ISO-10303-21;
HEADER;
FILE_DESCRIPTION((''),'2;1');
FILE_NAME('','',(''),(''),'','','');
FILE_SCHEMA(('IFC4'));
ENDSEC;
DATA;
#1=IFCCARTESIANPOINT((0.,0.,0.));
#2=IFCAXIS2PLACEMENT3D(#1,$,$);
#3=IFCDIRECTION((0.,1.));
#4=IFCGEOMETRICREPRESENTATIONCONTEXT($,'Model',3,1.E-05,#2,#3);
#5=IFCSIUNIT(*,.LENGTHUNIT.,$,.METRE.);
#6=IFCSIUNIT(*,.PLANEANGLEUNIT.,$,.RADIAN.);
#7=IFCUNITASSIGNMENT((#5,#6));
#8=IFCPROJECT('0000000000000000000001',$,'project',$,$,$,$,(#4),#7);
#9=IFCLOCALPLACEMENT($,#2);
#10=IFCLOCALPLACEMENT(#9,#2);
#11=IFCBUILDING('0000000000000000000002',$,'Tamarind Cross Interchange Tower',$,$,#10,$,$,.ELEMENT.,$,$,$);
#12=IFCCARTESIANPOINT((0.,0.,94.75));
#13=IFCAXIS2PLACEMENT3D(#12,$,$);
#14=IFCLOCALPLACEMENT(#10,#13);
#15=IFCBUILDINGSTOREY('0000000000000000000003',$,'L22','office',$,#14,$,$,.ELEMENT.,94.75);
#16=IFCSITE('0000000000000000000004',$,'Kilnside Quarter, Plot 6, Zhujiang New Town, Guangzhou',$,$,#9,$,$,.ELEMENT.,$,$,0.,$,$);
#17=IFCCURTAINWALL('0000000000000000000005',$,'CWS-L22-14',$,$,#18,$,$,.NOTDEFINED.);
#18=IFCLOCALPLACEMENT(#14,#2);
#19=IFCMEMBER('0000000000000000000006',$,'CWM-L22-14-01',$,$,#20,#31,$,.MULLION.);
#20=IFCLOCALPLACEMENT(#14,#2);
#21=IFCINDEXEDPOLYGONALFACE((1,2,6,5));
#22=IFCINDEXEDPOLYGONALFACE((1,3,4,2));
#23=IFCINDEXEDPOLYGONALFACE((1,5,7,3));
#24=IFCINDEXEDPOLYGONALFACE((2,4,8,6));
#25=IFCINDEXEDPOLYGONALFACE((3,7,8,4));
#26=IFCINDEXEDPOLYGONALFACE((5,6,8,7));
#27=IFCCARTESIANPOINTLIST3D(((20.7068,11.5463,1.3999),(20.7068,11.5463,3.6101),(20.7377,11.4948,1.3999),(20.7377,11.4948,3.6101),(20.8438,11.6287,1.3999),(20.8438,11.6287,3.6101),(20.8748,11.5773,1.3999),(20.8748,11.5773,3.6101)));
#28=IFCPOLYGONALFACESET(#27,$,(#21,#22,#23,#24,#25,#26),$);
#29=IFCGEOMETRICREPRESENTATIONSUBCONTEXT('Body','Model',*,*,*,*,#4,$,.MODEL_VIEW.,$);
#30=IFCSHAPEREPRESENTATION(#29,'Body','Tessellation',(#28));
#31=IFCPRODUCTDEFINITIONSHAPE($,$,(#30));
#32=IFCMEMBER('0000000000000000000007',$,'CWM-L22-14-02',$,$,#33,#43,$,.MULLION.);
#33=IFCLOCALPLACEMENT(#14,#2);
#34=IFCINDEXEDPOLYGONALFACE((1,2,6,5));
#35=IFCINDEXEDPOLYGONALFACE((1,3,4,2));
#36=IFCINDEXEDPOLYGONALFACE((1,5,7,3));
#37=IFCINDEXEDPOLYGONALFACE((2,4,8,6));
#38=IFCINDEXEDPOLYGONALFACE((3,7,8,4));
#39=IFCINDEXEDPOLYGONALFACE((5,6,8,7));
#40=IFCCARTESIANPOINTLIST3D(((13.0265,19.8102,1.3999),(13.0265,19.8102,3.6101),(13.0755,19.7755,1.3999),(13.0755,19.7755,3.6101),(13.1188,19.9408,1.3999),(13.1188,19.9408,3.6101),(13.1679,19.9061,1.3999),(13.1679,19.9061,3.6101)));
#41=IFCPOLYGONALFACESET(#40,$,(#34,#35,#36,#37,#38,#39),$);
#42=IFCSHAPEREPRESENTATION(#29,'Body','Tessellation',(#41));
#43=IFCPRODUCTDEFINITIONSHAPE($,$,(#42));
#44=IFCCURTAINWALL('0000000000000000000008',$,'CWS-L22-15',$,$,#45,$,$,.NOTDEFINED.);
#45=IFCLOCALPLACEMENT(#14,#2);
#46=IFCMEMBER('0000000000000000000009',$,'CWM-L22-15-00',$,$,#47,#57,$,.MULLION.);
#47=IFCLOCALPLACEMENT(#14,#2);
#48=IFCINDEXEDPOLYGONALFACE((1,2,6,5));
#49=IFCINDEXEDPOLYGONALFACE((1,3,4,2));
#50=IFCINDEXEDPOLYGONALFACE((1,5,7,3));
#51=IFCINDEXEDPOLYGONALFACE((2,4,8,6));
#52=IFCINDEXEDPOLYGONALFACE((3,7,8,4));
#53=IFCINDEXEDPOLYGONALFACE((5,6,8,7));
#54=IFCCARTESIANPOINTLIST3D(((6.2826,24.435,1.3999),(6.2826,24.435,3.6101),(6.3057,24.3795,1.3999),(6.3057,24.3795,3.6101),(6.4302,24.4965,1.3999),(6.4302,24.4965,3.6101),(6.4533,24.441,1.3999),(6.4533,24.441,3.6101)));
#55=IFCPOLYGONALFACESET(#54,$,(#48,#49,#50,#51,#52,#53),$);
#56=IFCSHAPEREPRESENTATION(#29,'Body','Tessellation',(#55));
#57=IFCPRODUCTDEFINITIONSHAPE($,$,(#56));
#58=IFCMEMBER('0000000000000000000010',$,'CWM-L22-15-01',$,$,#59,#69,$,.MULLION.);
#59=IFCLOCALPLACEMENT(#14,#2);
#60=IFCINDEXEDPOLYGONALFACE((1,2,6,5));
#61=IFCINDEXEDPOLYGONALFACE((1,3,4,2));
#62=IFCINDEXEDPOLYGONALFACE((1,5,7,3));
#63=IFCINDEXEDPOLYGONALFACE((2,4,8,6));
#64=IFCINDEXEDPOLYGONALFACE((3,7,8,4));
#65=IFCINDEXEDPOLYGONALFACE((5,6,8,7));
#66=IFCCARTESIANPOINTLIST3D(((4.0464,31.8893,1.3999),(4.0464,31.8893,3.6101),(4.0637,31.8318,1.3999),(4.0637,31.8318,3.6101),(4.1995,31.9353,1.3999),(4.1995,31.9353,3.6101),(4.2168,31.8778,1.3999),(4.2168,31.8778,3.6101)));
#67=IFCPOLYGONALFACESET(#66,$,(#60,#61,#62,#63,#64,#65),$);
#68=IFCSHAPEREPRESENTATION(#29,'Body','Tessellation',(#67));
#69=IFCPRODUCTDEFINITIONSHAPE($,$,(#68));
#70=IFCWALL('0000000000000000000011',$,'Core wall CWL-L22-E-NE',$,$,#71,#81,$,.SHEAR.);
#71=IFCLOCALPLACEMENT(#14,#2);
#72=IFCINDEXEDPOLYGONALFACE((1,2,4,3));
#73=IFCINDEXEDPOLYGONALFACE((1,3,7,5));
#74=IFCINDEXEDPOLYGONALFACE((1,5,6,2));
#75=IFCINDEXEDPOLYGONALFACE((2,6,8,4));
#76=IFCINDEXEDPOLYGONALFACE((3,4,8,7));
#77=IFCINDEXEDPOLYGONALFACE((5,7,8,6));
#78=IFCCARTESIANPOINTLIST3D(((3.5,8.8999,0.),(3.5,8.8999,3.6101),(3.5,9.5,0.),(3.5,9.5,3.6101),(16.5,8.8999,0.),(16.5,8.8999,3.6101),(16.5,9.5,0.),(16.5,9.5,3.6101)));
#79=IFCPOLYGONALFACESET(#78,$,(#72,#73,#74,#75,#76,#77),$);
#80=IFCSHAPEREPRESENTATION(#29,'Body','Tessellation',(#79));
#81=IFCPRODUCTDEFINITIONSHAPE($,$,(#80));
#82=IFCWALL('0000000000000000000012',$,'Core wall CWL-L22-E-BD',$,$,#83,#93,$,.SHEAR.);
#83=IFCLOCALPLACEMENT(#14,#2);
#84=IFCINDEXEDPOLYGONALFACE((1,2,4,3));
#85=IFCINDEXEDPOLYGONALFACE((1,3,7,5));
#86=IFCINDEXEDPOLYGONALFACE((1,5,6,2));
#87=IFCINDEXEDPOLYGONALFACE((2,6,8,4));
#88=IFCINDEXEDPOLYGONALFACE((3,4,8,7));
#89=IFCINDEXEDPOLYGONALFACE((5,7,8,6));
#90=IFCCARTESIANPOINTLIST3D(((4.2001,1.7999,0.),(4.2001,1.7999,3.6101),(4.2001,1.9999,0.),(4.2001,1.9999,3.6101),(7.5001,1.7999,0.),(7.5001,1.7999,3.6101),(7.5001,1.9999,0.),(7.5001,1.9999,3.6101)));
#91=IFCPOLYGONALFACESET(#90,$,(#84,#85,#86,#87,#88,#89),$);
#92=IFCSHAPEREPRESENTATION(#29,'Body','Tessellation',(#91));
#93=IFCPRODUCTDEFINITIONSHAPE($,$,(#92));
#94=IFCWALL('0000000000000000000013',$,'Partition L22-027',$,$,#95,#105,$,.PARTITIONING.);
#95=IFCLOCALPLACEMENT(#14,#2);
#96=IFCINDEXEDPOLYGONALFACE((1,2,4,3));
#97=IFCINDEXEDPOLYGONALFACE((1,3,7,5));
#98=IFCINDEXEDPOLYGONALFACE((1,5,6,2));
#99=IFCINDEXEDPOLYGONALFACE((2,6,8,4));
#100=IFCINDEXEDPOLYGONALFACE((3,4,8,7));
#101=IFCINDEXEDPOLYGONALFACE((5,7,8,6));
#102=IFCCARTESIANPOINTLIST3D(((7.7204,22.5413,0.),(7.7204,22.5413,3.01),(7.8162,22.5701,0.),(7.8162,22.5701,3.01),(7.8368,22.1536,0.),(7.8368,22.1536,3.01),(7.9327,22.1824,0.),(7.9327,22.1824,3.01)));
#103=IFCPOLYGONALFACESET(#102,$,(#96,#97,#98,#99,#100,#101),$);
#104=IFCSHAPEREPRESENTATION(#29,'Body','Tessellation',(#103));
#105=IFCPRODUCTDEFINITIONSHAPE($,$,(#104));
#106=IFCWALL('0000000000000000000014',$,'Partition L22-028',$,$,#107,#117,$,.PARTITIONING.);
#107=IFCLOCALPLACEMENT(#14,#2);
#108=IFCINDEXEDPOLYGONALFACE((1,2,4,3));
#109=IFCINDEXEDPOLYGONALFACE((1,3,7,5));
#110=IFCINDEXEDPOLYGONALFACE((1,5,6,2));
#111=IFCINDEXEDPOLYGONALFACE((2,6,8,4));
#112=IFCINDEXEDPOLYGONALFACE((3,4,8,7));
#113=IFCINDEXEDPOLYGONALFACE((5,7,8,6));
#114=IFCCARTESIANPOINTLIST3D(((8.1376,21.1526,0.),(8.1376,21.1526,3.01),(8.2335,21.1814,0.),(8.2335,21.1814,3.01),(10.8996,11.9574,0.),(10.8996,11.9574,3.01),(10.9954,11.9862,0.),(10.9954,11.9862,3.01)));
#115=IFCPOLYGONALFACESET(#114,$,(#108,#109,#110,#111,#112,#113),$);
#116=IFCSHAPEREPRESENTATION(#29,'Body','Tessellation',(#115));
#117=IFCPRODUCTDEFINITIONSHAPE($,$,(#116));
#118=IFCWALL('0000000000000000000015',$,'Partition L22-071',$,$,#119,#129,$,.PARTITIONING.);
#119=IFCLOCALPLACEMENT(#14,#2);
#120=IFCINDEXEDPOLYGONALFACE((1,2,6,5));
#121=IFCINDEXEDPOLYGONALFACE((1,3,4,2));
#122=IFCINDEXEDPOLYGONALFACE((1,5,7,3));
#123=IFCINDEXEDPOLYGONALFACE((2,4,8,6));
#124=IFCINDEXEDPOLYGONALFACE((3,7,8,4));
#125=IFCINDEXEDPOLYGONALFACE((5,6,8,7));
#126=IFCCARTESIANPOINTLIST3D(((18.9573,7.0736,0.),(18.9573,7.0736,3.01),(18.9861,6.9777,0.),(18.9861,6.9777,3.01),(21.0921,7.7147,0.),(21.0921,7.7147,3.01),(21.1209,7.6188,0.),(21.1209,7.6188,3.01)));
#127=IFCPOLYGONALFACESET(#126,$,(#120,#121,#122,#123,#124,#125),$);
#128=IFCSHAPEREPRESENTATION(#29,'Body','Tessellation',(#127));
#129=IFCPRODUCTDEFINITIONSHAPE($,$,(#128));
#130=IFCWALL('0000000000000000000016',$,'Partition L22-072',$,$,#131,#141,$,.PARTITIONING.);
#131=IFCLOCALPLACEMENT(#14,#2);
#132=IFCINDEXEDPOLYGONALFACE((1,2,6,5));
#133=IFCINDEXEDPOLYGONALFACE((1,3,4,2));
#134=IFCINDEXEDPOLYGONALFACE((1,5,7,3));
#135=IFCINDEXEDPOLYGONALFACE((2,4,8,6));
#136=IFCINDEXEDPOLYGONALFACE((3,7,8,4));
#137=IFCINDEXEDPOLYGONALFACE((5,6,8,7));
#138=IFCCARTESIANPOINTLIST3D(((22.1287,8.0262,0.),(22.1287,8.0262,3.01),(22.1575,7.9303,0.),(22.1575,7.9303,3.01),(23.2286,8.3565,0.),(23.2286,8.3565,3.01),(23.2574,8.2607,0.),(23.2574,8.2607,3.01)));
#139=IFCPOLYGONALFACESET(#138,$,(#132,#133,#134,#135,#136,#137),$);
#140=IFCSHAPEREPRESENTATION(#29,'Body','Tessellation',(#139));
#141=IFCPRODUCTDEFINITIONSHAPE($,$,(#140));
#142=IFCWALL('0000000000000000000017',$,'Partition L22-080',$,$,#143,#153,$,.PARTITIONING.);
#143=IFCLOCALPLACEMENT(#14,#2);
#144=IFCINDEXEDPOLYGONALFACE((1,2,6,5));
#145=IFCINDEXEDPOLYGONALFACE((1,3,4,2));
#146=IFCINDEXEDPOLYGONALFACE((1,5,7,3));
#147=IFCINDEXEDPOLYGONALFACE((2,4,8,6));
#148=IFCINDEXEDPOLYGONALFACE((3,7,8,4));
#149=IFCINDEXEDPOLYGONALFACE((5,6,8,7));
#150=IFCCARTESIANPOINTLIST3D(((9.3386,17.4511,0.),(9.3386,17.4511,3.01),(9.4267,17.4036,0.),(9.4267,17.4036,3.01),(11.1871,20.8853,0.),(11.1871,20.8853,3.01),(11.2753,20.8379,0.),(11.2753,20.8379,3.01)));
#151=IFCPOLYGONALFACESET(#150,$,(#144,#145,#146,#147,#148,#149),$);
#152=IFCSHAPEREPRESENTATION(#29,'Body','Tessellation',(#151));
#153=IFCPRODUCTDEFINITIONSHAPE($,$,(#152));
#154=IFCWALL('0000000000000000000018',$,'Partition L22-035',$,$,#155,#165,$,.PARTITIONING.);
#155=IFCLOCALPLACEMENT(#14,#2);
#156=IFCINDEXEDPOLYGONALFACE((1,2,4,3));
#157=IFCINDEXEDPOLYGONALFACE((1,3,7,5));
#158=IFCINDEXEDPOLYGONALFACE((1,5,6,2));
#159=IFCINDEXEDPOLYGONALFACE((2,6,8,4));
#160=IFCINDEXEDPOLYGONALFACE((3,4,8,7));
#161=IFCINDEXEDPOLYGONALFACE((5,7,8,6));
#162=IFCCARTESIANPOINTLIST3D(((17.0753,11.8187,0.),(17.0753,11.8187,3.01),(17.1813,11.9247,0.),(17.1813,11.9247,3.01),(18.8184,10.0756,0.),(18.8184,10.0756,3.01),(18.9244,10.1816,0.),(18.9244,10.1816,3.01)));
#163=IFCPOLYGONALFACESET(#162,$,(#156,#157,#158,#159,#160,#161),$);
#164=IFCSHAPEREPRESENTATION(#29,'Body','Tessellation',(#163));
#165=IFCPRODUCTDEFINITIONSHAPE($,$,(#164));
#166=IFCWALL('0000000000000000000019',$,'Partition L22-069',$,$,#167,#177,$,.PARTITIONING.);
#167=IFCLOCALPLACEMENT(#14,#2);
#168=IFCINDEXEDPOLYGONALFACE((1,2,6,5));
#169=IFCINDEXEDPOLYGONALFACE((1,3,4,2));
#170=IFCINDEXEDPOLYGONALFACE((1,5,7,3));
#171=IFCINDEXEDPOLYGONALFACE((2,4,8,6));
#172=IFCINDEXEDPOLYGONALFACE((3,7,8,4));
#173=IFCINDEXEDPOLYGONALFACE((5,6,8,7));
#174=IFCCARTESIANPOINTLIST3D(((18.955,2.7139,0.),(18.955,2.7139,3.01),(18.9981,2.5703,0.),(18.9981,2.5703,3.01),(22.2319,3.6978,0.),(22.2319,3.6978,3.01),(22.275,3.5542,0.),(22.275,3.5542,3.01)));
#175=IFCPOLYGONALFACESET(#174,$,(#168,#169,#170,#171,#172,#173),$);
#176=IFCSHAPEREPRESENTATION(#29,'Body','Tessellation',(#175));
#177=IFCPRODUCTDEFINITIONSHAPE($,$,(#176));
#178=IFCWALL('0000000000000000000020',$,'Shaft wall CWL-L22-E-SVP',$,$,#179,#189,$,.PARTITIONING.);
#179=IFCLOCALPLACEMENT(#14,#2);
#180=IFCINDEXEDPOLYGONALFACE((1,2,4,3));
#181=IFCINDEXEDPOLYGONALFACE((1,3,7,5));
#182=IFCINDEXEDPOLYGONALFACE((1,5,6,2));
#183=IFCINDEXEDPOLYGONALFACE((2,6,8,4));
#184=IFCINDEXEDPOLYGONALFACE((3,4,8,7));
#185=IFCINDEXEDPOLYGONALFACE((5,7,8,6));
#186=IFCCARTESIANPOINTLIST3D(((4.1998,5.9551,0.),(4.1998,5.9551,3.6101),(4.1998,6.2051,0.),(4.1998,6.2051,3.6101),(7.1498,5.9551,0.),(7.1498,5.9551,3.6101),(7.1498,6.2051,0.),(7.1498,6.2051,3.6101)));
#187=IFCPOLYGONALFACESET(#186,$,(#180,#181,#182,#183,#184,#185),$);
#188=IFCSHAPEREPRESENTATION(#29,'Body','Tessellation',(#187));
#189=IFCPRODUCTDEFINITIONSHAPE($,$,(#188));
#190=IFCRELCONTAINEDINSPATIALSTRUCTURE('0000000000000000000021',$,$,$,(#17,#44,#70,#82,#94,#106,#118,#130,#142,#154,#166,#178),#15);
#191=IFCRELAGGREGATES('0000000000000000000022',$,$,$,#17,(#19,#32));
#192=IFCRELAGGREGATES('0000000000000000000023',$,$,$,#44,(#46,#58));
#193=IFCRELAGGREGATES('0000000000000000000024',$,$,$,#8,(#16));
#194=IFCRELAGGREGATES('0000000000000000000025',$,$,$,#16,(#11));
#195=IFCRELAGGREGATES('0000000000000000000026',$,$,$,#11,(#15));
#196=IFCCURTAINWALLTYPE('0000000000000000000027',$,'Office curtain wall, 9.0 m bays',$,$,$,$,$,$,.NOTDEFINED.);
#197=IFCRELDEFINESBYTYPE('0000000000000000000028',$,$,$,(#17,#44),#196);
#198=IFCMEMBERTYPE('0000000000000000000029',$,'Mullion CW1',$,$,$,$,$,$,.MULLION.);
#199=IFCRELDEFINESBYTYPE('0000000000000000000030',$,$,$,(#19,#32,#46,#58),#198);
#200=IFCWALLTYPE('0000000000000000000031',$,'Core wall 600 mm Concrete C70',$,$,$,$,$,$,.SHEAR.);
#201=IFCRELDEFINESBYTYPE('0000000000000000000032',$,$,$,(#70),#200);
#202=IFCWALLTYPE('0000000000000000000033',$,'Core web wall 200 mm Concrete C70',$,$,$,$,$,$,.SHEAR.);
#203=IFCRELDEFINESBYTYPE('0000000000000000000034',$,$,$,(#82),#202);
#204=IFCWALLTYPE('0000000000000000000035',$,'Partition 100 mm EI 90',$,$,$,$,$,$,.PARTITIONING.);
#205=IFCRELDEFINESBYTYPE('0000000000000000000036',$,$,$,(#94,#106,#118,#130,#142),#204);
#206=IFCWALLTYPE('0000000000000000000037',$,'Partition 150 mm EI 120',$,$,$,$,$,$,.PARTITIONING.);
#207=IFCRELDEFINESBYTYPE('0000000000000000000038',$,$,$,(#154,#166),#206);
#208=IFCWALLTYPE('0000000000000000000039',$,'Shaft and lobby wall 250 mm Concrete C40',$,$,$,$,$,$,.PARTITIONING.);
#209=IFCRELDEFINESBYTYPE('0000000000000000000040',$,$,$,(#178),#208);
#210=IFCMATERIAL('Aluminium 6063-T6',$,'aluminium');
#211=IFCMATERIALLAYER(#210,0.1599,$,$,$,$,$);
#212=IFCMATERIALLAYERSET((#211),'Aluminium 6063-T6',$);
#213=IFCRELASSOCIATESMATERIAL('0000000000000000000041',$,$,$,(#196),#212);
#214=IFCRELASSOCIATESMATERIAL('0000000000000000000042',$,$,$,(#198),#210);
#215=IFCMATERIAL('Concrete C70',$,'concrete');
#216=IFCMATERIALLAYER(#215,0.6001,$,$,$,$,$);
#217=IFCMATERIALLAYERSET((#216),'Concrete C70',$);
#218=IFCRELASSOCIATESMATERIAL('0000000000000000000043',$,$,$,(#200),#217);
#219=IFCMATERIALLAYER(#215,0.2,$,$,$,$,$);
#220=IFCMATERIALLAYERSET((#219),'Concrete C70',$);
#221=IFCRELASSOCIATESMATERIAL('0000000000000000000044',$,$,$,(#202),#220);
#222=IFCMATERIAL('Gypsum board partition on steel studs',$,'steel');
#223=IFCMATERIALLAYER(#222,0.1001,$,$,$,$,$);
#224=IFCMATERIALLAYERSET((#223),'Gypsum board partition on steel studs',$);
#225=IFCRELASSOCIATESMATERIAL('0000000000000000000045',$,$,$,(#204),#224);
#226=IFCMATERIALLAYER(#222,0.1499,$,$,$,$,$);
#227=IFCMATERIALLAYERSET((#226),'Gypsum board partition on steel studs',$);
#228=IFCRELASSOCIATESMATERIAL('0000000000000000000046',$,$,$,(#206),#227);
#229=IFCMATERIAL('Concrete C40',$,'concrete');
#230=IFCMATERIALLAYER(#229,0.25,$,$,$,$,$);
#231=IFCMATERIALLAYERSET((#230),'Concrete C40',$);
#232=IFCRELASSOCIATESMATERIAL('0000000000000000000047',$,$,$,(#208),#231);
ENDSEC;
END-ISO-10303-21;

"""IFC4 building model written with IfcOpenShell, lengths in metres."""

from ifc_helpers import new_model, si_unit, direction, frame, frame_2d, origin, origin_2d, place, context, subcontext, project, spatial, rectangle, extrude, material, layer, layer_set, material_profile, profile_set, type_object, element, aggregate, save


model = new_model("IFC4")

# Units and contexts
model_context = context("Model", 3, precision=1e-05, world=origin(), true_north=direction((0.0, 1.0)))
body_context = subcontext(model_context, "Body", "Model", "MODEL_VIEW")
ifc_project = project(units=[si_unit("LENGTHUNIT", "METRE"), si_unit("PLANEANGLEUNIT", "RADIAN")], contexts=[model_context])

# Site, building, storey
site_placement = place(None, origin())
site = spatial("IfcSite", under=ifc_project, at=site_placement, Name="Kilnside Quarter, Plot 6, Zhujiang New Town, Guangzhou", CompositionType="ELEMENT", RefElevation=0.0)
building_placement = place(site_placement, origin())
building = spatial("IfcBuilding", under=site, at=building_placement, Name="Tamarind Cross Interchange Tower", CompositionType="ELEMENT")
storey_placement = place(building_placement, frame((0.0, 0.0, 94.75)))
storey = spatial("IfcBuildingStorey", under=building, at=storey_placement, Name="L22", Description="office", CompositionType="ELEMENT", Elevation=94.75)

# Curtain walls, members
ifc_material_1 = material(Name="Aluminium 6063-T6", Category="aluminium")
ifc_layer_1 = layer(ifc_material_1, 0.1599)
ifc_layer_set_1 = layer_set([ifc_layer_1], Name="Aluminium 6063-T6")
curtain_wall_type = type_object("IfcCurtainWallType", Name="Office curtain wall, 9.0 m bays", PredefinedType="NOTDEFINED", material=ifc_layer_set_1)
curtain_wall_1_placement = place(storey_placement, origin())
curtain_wall_1 = element("IfcCurtainWall", 1, at=curtain_wall_1_placement, inside=storey, type_object=curtain_wall_type, Name="CWS-L22-14", PredefinedType="NOTDEFINED")
ifc_material_profile_1 = material_profile(ifc_material_1, rectangle(XDim=0.0601, YDim=0.1599, at=origin_2d()), Name="Mullion CW1")
ifc_profile_set_1 = profile_set([ifc_material_profile_1], Name="Aluminium 6063-T6")
member_type = type_object("IfcMemberType", Name="Mullion CW1", PredefinedType="MULLION", material=ifc_profile_set_1)
member_1_placement = place(storey_placement, frame((20.7908, 11.5618, 1.3999), z_axis=(0.0, 0.0, 1.0), x_axis=(-0.515577, 0.856843, 0.0)))
member_1 = element("IfcMember", 2, at=member_1_placement, type_object=member_type, Name="CWM-L22-14-01", PredefinedType="MULLION", context=body_context, shape_type="SweptSolid", body=[
    extrude(rectangle(XDim=0.0601, YDim=0.1599, at=origin_2d()), origin(), (0.0, 0.0, 1.0), 2.2102),
])
member_2_placement = place(storey_placement, frame((13.0972, 19.8582, 1.3999), z_axis=(0.0, 0.0, 1.0), x_axis=(-0.816342, 0.577569, 0.0)))
member_2 = element("IfcMember", 3, at=member_2_placement, type_object=member_type, Name="CWM-L22-14-02", PredefinedType="MULLION", context=body_context, shape_type="SweptSolid", body=[
    extrude(rectangle(XDim=0.0601, YDim=0.1599, at=origin_2d()), origin(), (0.0, 0.0, 1.0), 2.2102),
])
aggregate(curtain_wall_1, [member_1, member_2])
curtain_wall_2_placement = place(storey_placement, origin())
curtain_wall_2 = element("IfcCurtainWall", 4, at=curtain_wall_2_placement, inside=storey, type_object=curtain_wall_type, Name="CWS-L22-15", PredefinedType="NOTDEFINED")
member_3_placement = place(storey_placement, frame((6.3679, 24.438, 1.3999), z_axis=(0.0, 0.0, 1.0), x_axis=(-0.384607, 0.92308, 0.0)))
member_3 = element("IfcMember", 5, at=member_3_placement, type_object=member_type, Name="CWM-L22-15-00", PredefinedType="MULLION", context=body_context, shape_type="SweptSolid", body=[
    extrude(rectangle(XDim=0.0601, YDim=0.1599, at=origin_2d()), origin(), (0.0, 0.0, 1.0), 2.2102),
])
member_4_placement = place(storey_placement, frame((4.1316, 31.8835, 1.3999), z_axis=(0.0, 0.0, 1.0), x_axis=(-0.287641, 0.957738, 0.0)))
member_4 = element("IfcMember", 6, at=member_4_placement, type_object=member_type, Name="CWM-L22-15-01", PredefinedType="MULLION", context=body_context, shape_type="SweptSolid", body=[
    extrude(rectangle(XDim=0.0601, YDim=0.1599, at=origin_2d()), origin(), (0.0, 0.0, 1.0), 2.2102),
])
aggregate(curtain_wall_2, [member_3, member_4])

# Walls
ifc_material_2 = material(Name="Concrete C70", Category="concrete")
ifc_layer_2 = layer(ifc_material_2, 0.6001)
ifc_layer_set_2 = layer_set([ifc_layer_2], Name="Concrete C70")
wall_type_1 = type_object("IfcWallType", Name="Core wall 600 mm Concrete C70", PredefinedType="SHEAR", material=ifc_layer_set_2)
wall_1_placement = place(storey_placement, frame((16.5, 9.2, 0.0), z_axis=(0.0, 0.0, 1.0), x_axis=(-1.0, 0.0, 0.0)))
element("IfcWall", 7, at=wall_1_placement, inside=storey, type_object=wall_type_1, Name="Core wall CWL-L22-E-NE", PredefinedType="SHEAR", context=body_context, shape_type="SweptSolid", body=[
    extrude(rectangle(XDim=13.0, YDim=0.6001, at=frame_2d((6.5, 0.0))), origin(), (0.0, 0.0, 1.0), 3.6101),
])
ifc_layer_3 = layer(ifc_material_2, 0.2)
ifc_layer_set_3 = layer_set([ifc_layer_3], Name="Concrete C70")
wall_type_2 = type_object("IfcWallType", Name="Core web wall 200 mm Concrete C70", PredefinedType="SHEAR", material=ifc_layer_set_3)
wall_2_placement = place(storey_placement, frame((7.5, 1.8999, 0.0), z_axis=(0.0, 0.0, 1.0), x_axis=(-1.0, 0.0, 0.0)))
element("IfcWall", 8, at=wall_2_placement, inside=storey, type_object=wall_type_2, Name="Core wall CWL-L22-E-BD", PredefinedType="SHEAR", context=body_context, shape_type="SweptSolid", body=[
    extrude(rectangle(XDim=3.3, YDim=0.2, at=frame_2d((1.6499, 0.0))), origin(), (0.0, 0.0, 1.0), 3.6101),
])
ifc_material_3 = material(Name="Gypsum board partition on steel studs", Category="steel")
ifc_layer_4 = layer(ifc_material_3, 0.1001)
ifc_layer_set_4 = layer_set([ifc_layer_4], Name="Gypsum board partition on steel studs")
wall_type_3 = type_object("IfcWallType", Name="Partition 100 mm EI 90", PredefinedType="PARTITIONING", material=ifc_layer_set_4)
wall_3_placement = place(storey_placement, frame((7.7683, 22.5557, 0.0), z_axis=(0.0, 0.0, 1.0), x_axis=(0.28768, -0.957727, 0.0)))
element("IfcWall", 9, at=wall_3_placement, inside=storey, type_object=wall_type_3, Name="Partition L22-027", PredefinedType="PARTITIONING", context=body_context, shape_type="SweptSolid", body=[
    extrude(rectangle(XDim=0.4048, YDim=0.1001, at=frame_2d((0.2024, 0.0))), origin(), (0.0, 0.0, 1.0), 3.01),
])
wall_4_placement = place(storey_placement, frame((8.1855, 21.167, 0.0), z_axis=(0.0, 0.0, 1.0), x_axis=(0.28767, -0.95773, 0.0)))
element("IfcWall", 10, at=wall_4_placement, inside=storey, type_object=wall_type_3, Name="Partition L22-028", PredefinedType="PARTITIONING", context=body_context, shape_type="SweptSolid", body=[
    extrude(rectangle(XDim=9.6011, YDim=0.1001, at=frame_2d((4.8005, 0.0))), origin(), (0.0, 0.0, 1.0), 3.01),
])
wall_5_placement = place(storey_placement, frame((18.9717, 7.0256, 0.0), z_axis=(0.0, 0.0, 1.0), x_axis=(0.957742, 0.287629, 0.0)))
element("IfcWall", 11, at=wall_5_placement, inside=storey, type_object=wall_type_3, Name="Partition L22-071", PredefinedType="PARTITIONING", context=body_context, shape_type="SweptSolid", body=[
    extrude(rectangle(XDim=2.229, YDim=0.1001, at=frame_2d((1.1145, 0.0))), origin(), (0.0, 0.0, 1.0), 3.01),
])
wall_6_placement = place(storey_placement, frame((22.1431, 7.9783, 0.0), z_axis=(0.0, 0.0, 1.0), x_axis=(0.957738, 0.28764, 0.0)))
element("IfcWall", 12, at=wall_6_placement, inside=storey, type_object=wall_type_3, Name="Partition L22-072", PredefinedType="PARTITIONING", context=body_context, shape_type="SweptSolid", body=[
    extrude(rectangle(XDim=1.1484, YDim=0.1001, at=frame_2d((0.5742, 0.0))), origin(), (0.0, 0.0, 1.0), 3.01),
])
wall_7_placement = place(storey_placement, frame((9.3826, 17.4272, 0.0), z_axis=(0.0, 0.0, 1.0), x_axis=(0.473977, 0.880537, 0.0)))
element("IfcWall", 13, at=wall_7_placement, inside=storey, type_object=wall_type_3, Name="Partition L22-080", PredefinedType="PARTITIONING", context=body_context, shape_type="SweptSolid", body=[
    extrude(rectangle(XDim=3.9001, YDim=0.1001, at=frame_2d((1.9502, 0.0))), origin(), (0.0, 0.0, 1.0), 3.01),
])
ifc_layer_5 = layer(ifc_material_3, 0.1499)
ifc_layer_set_5 = layer_set([ifc_layer_5], Name="Gypsum board partition on steel studs")
wall_type_4 = type_object("IfcWallType", Name="Partition 150 mm EI 120", PredefinedType="PARTITIONING", material=ifc_layer_set_5)
wall_8_placement = place(storey_placement, frame((17.1284, 11.8716, 0.0), z_axis=(0.0, 0.0, 1.0), x_axis=(0.707107, -0.707107, 0.0)))
element("IfcWall", 14, at=wall_8_placement, inside=storey, type_object=wall_type_4, Name="Partition L22-035", PredefinedType="PARTITIONING", context=body_context, shape_type="SweptSolid", body=[
    extrude(rectangle(XDim=2.4651, YDim=0.1499, at=frame_2d((1.2324, 0.0))), origin(), (0.0, 0.0, 1.0), 3.01),
])
wall_9_placement = place(storey_placement, frame((18.9766, 2.6421, 0.0), z_axis=(0.0, 0.0, 1.0), x_axis=(0.957759, 0.28757, 0.0)))
element("IfcWall", 15, at=wall_9_placement, inside=storey, type_object=wall_type_4, Name="Partition L22-069", PredefinedType="PARTITIONING", context=body_context, shape_type="SweptSolid", body=[
    extrude(rectangle(XDim=3.4214, YDim=0.1499, at=frame_2d((1.7107, 0.0))), origin(), (0.0, 0.0, 1.0), 3.01),
])
ifc_material_4 = material(Name="Concrete C40", Category="concrete")
ifc_layer_6 = layer(ifc_material_4, 0.25)
ifc_layer_set_6 = layer_set([ifc_layer_6], Name="Concrete C40")
wall_type_5 = type_object("IfcWallType", Name="Shaft and lobby wall 250 mm Concrete C40", PredefinedType="PARTITIONING", material=ifc_layer_set_6)
wall_10_placement = place(storey_placement, frame((7.1499, 6.0801, 0.0), z_axis=(0.0, 0.0, 1.0), x_axis=(-1.0, 0.0, 0.0)))
element("IfcWall", 16, at=wall_10_placement, inside=storey, type_object=wall_type_5, Name="Shaft wall CWL-L22-E-SVP", PredefinedType="PARTITIONING", context=body_context, shape_type="SweptSolid", body=[
    extrude(rectangle(XDim=2.95, YDim=0.25, at=frame_2d((1.4751, 0.0))), origin(), (0.0, 0.0, 1.0), 3.6101),
])

save(model, "model.ifc")
